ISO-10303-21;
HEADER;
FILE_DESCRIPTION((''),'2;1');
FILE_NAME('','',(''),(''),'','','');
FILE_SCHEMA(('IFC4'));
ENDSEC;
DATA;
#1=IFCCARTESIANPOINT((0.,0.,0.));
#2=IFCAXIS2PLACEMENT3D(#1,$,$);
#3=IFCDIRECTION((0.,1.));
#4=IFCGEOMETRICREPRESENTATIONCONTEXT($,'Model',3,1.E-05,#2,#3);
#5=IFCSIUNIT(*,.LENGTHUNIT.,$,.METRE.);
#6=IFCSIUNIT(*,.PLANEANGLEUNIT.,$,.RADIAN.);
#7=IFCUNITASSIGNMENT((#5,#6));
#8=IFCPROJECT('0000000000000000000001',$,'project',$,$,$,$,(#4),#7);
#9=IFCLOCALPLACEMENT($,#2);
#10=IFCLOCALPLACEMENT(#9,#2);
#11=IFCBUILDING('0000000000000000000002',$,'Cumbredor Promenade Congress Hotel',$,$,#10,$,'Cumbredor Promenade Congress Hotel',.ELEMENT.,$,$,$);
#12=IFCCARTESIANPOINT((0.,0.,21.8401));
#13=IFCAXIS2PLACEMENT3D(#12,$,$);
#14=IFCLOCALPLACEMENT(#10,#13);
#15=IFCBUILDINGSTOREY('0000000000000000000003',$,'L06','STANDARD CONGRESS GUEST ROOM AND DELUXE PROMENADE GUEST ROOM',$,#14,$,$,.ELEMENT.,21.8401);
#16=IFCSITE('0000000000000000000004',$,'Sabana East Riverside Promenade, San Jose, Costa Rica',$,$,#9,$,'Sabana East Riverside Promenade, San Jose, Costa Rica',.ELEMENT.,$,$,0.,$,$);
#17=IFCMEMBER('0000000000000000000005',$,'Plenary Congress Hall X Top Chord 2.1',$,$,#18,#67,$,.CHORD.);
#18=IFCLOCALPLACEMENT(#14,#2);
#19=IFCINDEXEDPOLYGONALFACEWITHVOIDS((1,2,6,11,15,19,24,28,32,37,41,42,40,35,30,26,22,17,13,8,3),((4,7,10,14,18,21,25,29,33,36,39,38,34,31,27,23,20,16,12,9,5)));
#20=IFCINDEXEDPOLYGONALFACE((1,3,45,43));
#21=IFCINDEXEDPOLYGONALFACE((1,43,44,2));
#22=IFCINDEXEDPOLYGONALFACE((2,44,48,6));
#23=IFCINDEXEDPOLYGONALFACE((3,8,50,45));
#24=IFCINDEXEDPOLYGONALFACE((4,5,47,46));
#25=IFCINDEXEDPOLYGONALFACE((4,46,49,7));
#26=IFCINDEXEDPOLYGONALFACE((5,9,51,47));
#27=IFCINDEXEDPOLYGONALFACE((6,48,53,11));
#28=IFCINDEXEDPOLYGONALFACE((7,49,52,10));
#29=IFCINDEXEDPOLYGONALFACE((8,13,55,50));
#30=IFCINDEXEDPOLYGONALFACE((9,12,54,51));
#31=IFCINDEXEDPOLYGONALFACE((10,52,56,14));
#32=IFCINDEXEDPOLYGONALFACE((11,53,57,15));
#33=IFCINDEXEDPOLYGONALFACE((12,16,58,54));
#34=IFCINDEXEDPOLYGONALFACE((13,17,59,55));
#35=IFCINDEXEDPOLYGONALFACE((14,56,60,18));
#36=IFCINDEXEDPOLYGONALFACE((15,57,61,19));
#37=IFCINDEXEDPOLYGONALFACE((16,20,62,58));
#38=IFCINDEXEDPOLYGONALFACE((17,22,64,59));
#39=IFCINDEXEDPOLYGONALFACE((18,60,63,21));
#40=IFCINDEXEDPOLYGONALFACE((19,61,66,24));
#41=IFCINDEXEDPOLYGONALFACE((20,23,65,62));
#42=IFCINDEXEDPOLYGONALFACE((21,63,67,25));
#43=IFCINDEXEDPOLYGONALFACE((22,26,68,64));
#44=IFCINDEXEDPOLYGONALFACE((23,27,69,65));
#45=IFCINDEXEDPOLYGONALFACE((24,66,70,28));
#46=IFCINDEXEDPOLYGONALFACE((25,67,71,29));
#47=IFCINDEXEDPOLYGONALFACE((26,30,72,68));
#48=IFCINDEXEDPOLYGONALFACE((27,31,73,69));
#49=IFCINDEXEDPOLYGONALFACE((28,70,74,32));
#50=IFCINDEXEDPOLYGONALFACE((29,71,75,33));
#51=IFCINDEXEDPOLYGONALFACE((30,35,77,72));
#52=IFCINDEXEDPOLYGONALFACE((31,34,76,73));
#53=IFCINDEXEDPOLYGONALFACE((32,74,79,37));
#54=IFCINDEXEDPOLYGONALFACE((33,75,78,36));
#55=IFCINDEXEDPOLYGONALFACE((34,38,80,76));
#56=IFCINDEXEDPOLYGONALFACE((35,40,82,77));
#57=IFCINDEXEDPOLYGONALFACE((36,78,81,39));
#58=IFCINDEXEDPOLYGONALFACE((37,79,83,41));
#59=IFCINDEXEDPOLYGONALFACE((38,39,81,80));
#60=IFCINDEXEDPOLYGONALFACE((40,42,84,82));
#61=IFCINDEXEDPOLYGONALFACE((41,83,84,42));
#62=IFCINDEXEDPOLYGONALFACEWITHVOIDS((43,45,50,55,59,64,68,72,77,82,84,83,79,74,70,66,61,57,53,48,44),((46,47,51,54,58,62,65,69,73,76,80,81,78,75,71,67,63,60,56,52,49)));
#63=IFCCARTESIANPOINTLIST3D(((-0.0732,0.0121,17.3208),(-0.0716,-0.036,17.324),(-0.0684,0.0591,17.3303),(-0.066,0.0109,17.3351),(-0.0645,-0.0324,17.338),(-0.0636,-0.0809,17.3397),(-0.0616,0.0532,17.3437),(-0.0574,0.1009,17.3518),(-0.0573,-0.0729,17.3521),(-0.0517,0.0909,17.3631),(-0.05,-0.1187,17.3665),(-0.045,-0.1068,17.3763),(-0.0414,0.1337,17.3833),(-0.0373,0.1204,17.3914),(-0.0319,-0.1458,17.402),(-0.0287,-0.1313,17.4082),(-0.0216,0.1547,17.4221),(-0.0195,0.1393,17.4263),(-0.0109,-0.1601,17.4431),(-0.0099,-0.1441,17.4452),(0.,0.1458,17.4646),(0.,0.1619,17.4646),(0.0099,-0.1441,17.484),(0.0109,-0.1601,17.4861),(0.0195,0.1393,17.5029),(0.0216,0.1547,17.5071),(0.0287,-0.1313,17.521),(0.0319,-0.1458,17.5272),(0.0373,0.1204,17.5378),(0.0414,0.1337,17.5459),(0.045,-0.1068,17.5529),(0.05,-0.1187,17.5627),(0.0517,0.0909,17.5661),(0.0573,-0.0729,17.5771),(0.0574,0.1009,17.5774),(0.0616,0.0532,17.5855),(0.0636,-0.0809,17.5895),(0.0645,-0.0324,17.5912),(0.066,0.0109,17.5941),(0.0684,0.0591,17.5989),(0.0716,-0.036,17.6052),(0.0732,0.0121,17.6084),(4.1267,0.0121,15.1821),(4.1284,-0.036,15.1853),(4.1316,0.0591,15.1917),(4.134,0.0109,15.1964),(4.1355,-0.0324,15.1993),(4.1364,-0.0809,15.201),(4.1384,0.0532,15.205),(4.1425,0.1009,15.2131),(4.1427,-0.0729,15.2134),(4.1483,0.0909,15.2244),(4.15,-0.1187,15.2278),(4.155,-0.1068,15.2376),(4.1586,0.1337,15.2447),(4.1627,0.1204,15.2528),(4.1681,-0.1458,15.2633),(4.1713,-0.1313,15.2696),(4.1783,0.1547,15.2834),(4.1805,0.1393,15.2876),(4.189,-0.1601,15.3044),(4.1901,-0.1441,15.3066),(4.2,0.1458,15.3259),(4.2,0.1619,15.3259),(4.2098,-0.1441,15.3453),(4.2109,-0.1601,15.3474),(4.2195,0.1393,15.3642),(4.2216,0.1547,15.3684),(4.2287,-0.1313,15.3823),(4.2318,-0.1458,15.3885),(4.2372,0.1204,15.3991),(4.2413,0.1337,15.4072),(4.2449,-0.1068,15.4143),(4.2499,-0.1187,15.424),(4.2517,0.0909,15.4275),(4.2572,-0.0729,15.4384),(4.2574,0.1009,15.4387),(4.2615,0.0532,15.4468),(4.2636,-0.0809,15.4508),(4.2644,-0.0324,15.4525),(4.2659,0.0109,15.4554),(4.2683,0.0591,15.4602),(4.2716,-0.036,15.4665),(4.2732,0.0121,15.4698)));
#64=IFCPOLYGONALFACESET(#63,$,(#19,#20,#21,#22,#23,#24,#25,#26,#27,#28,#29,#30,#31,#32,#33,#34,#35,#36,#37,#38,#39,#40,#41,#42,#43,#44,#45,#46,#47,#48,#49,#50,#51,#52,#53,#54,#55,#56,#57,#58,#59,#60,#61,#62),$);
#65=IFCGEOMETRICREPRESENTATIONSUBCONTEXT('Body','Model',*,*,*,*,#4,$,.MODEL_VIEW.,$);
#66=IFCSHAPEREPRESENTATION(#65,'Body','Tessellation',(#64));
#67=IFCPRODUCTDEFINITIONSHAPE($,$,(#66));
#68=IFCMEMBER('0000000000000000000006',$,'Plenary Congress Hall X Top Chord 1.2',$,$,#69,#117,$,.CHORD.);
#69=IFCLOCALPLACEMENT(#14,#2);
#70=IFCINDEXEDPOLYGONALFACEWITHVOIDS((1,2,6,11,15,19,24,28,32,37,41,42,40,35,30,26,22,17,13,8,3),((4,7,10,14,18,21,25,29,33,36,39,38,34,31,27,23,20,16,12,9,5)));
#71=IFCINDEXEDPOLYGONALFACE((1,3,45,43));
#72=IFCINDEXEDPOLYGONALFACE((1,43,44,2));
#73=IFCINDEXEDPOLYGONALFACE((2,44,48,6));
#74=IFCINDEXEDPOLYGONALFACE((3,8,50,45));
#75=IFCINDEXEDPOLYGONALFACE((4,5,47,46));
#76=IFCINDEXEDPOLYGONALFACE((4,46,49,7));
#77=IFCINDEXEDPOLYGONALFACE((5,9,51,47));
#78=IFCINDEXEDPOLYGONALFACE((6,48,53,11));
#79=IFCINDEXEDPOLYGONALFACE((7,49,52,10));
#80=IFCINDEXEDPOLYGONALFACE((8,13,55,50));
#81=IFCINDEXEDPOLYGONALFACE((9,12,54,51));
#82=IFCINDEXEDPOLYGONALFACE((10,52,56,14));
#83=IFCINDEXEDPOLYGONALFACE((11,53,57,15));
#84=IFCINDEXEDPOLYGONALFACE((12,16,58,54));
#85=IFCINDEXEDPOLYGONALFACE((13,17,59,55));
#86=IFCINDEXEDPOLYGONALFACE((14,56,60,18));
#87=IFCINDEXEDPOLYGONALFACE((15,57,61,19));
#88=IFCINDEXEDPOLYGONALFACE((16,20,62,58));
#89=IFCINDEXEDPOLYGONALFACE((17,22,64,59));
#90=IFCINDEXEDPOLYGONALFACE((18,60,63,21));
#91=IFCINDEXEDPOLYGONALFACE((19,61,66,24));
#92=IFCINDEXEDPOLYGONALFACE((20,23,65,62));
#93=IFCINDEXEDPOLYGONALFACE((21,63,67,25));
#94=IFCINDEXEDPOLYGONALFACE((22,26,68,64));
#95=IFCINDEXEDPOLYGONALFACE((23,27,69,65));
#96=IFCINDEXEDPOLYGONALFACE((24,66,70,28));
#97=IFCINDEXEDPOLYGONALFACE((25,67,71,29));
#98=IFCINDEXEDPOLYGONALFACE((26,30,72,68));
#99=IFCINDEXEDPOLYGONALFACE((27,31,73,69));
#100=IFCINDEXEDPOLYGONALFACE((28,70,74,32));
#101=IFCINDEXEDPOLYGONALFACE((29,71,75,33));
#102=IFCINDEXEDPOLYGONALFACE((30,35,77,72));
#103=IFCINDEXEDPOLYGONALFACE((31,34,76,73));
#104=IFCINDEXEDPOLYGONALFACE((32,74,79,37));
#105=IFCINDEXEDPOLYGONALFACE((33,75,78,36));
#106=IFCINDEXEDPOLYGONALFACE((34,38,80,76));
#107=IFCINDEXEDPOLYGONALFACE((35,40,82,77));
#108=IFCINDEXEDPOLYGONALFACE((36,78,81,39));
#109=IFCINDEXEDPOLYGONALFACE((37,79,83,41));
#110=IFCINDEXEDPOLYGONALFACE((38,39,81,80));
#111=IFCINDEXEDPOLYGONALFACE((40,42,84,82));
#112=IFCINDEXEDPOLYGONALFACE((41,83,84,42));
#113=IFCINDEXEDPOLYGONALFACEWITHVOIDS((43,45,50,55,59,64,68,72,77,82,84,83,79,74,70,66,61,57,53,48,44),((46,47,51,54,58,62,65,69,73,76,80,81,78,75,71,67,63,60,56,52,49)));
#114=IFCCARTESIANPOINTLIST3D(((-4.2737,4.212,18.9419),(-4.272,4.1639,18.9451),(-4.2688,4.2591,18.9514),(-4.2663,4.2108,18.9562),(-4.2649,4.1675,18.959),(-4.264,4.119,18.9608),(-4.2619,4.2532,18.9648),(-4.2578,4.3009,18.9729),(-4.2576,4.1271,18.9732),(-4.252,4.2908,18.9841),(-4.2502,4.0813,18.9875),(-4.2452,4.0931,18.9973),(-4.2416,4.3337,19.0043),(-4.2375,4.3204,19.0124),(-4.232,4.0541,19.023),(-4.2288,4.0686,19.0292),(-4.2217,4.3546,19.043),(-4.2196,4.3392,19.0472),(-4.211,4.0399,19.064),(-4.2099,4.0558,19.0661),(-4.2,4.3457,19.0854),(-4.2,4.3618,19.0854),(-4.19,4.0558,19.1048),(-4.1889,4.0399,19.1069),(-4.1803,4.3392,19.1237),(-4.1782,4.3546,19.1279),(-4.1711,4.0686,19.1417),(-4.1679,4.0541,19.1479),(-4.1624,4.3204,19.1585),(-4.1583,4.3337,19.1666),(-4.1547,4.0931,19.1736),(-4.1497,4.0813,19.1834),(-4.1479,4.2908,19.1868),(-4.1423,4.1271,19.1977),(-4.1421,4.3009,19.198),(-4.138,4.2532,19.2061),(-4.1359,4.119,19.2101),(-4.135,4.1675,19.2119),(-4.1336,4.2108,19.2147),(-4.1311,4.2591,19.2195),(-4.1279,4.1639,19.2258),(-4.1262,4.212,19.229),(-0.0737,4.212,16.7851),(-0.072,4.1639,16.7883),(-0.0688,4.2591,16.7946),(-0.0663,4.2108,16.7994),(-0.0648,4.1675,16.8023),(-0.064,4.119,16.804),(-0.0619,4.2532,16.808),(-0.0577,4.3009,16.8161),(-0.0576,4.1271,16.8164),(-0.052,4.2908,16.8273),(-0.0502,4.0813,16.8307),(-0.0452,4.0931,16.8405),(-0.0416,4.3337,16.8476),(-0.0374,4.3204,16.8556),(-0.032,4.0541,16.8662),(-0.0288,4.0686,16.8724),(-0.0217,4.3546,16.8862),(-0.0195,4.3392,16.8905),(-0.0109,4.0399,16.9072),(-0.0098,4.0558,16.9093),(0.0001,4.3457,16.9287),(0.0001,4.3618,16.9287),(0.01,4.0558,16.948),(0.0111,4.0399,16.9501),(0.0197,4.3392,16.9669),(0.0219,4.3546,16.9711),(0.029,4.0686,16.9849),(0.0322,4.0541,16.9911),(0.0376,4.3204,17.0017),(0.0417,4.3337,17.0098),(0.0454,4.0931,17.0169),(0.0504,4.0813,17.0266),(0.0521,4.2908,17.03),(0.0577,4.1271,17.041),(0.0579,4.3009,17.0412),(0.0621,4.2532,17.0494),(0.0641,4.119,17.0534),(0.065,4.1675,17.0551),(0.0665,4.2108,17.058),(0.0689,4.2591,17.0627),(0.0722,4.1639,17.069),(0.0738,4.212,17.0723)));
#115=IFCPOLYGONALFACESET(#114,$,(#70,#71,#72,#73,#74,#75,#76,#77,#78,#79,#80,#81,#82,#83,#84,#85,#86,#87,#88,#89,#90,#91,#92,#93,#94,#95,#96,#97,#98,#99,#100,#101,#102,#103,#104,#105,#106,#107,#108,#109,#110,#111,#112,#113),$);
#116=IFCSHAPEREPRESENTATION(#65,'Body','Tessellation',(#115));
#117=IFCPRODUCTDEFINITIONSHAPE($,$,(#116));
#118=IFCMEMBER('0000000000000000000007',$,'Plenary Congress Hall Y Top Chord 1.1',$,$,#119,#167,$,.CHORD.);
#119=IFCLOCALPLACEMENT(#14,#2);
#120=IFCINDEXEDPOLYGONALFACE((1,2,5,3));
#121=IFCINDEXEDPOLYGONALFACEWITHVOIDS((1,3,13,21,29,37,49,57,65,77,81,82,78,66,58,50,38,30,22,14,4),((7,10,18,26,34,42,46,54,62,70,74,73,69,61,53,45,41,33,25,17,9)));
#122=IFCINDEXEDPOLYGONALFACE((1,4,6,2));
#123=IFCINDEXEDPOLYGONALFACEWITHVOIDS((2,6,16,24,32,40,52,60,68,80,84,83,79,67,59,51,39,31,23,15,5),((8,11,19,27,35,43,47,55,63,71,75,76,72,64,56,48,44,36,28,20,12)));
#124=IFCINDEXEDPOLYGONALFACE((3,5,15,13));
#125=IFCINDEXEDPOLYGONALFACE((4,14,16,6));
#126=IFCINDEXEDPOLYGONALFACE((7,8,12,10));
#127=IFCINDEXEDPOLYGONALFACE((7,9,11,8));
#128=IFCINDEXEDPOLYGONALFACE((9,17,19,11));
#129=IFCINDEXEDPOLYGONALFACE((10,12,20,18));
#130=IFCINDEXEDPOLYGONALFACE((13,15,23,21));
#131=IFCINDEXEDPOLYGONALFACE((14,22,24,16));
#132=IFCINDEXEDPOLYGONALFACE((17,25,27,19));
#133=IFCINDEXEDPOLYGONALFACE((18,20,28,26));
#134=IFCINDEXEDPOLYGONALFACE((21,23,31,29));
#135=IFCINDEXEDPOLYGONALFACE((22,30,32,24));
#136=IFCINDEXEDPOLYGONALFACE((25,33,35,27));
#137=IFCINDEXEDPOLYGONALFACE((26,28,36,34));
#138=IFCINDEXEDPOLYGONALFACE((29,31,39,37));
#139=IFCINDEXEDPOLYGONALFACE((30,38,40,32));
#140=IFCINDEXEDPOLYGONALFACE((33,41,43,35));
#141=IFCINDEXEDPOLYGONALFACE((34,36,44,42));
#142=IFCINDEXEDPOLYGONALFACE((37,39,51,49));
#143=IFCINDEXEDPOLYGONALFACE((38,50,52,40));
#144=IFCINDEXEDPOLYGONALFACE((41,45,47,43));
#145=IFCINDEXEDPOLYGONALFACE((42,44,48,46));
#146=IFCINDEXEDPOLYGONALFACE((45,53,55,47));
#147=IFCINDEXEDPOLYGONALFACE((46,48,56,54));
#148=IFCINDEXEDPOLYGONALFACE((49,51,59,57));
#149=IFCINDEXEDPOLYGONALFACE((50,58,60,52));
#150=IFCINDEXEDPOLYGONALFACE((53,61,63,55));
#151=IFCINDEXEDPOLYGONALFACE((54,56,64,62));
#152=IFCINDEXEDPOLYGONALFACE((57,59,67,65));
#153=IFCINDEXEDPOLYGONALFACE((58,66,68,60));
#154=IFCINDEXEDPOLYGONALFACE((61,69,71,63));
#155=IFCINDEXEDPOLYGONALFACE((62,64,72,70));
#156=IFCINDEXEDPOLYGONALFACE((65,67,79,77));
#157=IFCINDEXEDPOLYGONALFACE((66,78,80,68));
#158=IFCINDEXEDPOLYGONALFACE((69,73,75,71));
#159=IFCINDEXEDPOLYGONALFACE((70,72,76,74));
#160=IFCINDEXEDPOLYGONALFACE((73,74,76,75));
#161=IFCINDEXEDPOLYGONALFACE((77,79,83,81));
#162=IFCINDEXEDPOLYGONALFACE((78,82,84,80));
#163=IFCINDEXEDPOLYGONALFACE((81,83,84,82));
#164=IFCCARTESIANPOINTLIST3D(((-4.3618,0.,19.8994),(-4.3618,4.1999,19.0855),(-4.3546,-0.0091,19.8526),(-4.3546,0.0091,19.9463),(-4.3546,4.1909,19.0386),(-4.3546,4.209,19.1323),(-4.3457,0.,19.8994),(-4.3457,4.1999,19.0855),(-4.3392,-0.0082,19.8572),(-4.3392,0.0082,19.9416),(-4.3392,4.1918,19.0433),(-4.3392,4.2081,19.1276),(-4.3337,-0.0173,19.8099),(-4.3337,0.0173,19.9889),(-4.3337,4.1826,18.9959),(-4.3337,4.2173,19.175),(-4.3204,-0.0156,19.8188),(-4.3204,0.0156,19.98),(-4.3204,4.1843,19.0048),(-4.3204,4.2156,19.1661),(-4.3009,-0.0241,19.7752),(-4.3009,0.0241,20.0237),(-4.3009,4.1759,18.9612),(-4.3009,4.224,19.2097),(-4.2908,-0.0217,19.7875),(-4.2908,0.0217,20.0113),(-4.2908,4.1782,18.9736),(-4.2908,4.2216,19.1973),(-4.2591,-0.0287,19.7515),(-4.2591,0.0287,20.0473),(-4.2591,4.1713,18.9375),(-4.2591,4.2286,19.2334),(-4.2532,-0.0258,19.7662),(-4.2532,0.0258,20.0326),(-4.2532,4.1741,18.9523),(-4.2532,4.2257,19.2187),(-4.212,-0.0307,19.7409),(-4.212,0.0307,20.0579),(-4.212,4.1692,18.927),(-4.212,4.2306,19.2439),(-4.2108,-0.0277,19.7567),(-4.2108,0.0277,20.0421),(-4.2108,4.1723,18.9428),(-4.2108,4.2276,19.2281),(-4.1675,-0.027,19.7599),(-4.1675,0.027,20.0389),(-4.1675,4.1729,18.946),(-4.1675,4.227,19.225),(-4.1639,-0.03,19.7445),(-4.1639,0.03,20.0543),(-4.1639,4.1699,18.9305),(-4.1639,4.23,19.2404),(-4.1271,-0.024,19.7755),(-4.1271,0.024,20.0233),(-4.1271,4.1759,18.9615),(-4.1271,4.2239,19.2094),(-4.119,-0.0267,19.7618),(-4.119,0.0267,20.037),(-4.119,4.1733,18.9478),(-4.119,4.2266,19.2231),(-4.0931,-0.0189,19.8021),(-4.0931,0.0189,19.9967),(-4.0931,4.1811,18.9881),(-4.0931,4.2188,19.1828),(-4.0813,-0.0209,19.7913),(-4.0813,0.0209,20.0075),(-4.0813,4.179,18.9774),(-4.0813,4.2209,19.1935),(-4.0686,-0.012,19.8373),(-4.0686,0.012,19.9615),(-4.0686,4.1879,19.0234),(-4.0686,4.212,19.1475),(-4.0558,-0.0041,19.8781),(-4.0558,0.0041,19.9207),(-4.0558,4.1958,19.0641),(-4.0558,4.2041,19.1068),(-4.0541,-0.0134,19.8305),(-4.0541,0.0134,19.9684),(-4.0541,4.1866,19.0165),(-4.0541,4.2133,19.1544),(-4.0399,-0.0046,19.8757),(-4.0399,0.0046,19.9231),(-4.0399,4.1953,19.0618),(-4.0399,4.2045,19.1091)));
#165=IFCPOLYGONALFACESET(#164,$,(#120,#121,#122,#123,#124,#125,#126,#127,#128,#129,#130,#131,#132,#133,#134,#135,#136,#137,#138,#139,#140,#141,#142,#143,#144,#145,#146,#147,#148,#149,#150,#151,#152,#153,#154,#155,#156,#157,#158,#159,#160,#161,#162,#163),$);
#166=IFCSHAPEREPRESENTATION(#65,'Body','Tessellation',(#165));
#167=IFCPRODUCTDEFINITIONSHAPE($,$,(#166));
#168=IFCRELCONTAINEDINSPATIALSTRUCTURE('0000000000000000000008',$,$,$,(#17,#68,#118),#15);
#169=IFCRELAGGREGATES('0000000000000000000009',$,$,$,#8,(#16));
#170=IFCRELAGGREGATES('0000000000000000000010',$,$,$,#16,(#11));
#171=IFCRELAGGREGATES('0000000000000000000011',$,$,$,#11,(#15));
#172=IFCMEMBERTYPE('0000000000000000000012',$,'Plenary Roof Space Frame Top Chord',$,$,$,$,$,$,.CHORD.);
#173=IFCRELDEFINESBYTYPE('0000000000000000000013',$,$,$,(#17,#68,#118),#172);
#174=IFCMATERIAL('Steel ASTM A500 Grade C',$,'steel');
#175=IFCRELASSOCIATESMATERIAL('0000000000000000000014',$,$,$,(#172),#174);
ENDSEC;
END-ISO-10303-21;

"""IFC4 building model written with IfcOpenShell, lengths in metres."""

from ifc_helpers import new_model, si_unit, direction, frame, origin, origin_2d, place, context, subcontext, project, spatial, hollow_circle, extrude, material, material_profile, profile_set, type_object, element, save


model = new_model("IFC4")

# Units and contexts
model_context = context("Model", 3, precision=1e-05, world=origin(), true_north=direction((0.0, 1.0)))
body_context = subcontext(model_context, "Body", "Model", "MODEL_VIEW")
ifc_project = project(units=[si_unit("LENGTHUNIT", "METRE"), si_unit("PLANEANGLEUNIT", "RADIAN")], contexts=[model_context])

# Site, building, storey
site_placement = place(None, origin())
site = spatial("IfcSite", under=ifc_project, at=site_placement, Name="Sabana East Riverside Promenade, San Jose, Costa Rica", LongName="Sabana East Riverside Promenade, San Jose, Costa Rica", CompositionType="ELEMENT", RefElevation=0.0)
building_placement = place(site_placement, origin())
building = spatial("IfcBuilding", under=site, at=building_placement, Name="Cumbredor Promenade Congress Hotel", LongName="Cumbredor Promenade Congress Hotel", CompositionType="ELEMENT")
storey_placement = place(building_placement, frame((0.0, 0.0, 21.8401)))
storey = spatial("IfcBuildingStorey", under=building, at=storey_placement, Name="L06", Description="STANDARD CONGRESS GUEST ROOM AND DELUXE PROMENADE GUEST ROOM", CompositionType="ELEMENT", Elevation=21.8401)

# Members
ifc_material_1 = material(Name="Steel ASTM A500 Grade C", Category="steel")
ifc_material_profile_1 = material_profile(ifc_material_1, hollow_circle(Radius=0.1619, WallThickness=0.0161, at=origin_2d()), Name="CHS 323.9x16")
ifc_profile_set_1 = profile_set([ifc_material_profile_1], Name="Steel ASTM A500 Grade C")
member_type_1 = type_object("IfcMemberType", Name="Plenary Roof Space Frame Top Chord", PredefinedType="CHORD", material=ifc_profile_set_1)
member_1_placement = place(storey_placement, frame((0.0, 0.0, 17.4646), z_axis=(0.891119, 0.0, -0.45377), x_axis=(0.0, 1.0, 0.0)))
element("IfcMember", 1, at=member_1_placement, inside=storey, type_object=member_type_1, Name="Plenary Congress Hall X Top Chord 2.1", PredefinedType="CHORD", context=body_context, shape_type="SweptSolid", body=[
    extrude(hollow_circle(Radius=0.1619, WallThickness=0.0161, at=origin_2d()), origin(), (0.0, 0.0, 1.0), 4.7131),
])
member_2_placement = place(storey_placement, frame((-4.2, 4.2, 19.0854), z_axis=(0.889566, 0.0, -0.456806), x_axis=(0.0, 1.0, 0.0)))
element("IfcMember", 2, at=member_2_placement, inside=storey, type_object=member_type_1, Name="Plenary Congress Hall X Top Chord 1.2", PredefinedType="CHORD", context=body_context, shape_type="SweptSolid", body=[
    extrude(hollow_circle(Radius=0.1619, WallThickness=0.0161, at=origin_2d()), origin(), (0.0, 0.0, 1.0), 4.7214),
])
member_3_placement = place(storey_placement, frame((-4.2, 0.0, 19.8994), z_axis=(0.0, 0.981733, -0.190263), x_axis=(-1.0, 0.0, 0.0)))
element("IfcMember", 3, at=member_3_placement, inside=storey, type_object=member_type_1, Name="Plenary Congress Hall Y Top Chord 1.1", PredefinedType="CHORD", context=body_context, shape_type="SweptSolid", body=[
    extrude(hollow_circle(Radius=0.1619, WallThickness=0.0161, at=origin_2d()), origin(), (0.0, 0.0, 1.0), 4.2781),
])

save(model, "model.ifc")
